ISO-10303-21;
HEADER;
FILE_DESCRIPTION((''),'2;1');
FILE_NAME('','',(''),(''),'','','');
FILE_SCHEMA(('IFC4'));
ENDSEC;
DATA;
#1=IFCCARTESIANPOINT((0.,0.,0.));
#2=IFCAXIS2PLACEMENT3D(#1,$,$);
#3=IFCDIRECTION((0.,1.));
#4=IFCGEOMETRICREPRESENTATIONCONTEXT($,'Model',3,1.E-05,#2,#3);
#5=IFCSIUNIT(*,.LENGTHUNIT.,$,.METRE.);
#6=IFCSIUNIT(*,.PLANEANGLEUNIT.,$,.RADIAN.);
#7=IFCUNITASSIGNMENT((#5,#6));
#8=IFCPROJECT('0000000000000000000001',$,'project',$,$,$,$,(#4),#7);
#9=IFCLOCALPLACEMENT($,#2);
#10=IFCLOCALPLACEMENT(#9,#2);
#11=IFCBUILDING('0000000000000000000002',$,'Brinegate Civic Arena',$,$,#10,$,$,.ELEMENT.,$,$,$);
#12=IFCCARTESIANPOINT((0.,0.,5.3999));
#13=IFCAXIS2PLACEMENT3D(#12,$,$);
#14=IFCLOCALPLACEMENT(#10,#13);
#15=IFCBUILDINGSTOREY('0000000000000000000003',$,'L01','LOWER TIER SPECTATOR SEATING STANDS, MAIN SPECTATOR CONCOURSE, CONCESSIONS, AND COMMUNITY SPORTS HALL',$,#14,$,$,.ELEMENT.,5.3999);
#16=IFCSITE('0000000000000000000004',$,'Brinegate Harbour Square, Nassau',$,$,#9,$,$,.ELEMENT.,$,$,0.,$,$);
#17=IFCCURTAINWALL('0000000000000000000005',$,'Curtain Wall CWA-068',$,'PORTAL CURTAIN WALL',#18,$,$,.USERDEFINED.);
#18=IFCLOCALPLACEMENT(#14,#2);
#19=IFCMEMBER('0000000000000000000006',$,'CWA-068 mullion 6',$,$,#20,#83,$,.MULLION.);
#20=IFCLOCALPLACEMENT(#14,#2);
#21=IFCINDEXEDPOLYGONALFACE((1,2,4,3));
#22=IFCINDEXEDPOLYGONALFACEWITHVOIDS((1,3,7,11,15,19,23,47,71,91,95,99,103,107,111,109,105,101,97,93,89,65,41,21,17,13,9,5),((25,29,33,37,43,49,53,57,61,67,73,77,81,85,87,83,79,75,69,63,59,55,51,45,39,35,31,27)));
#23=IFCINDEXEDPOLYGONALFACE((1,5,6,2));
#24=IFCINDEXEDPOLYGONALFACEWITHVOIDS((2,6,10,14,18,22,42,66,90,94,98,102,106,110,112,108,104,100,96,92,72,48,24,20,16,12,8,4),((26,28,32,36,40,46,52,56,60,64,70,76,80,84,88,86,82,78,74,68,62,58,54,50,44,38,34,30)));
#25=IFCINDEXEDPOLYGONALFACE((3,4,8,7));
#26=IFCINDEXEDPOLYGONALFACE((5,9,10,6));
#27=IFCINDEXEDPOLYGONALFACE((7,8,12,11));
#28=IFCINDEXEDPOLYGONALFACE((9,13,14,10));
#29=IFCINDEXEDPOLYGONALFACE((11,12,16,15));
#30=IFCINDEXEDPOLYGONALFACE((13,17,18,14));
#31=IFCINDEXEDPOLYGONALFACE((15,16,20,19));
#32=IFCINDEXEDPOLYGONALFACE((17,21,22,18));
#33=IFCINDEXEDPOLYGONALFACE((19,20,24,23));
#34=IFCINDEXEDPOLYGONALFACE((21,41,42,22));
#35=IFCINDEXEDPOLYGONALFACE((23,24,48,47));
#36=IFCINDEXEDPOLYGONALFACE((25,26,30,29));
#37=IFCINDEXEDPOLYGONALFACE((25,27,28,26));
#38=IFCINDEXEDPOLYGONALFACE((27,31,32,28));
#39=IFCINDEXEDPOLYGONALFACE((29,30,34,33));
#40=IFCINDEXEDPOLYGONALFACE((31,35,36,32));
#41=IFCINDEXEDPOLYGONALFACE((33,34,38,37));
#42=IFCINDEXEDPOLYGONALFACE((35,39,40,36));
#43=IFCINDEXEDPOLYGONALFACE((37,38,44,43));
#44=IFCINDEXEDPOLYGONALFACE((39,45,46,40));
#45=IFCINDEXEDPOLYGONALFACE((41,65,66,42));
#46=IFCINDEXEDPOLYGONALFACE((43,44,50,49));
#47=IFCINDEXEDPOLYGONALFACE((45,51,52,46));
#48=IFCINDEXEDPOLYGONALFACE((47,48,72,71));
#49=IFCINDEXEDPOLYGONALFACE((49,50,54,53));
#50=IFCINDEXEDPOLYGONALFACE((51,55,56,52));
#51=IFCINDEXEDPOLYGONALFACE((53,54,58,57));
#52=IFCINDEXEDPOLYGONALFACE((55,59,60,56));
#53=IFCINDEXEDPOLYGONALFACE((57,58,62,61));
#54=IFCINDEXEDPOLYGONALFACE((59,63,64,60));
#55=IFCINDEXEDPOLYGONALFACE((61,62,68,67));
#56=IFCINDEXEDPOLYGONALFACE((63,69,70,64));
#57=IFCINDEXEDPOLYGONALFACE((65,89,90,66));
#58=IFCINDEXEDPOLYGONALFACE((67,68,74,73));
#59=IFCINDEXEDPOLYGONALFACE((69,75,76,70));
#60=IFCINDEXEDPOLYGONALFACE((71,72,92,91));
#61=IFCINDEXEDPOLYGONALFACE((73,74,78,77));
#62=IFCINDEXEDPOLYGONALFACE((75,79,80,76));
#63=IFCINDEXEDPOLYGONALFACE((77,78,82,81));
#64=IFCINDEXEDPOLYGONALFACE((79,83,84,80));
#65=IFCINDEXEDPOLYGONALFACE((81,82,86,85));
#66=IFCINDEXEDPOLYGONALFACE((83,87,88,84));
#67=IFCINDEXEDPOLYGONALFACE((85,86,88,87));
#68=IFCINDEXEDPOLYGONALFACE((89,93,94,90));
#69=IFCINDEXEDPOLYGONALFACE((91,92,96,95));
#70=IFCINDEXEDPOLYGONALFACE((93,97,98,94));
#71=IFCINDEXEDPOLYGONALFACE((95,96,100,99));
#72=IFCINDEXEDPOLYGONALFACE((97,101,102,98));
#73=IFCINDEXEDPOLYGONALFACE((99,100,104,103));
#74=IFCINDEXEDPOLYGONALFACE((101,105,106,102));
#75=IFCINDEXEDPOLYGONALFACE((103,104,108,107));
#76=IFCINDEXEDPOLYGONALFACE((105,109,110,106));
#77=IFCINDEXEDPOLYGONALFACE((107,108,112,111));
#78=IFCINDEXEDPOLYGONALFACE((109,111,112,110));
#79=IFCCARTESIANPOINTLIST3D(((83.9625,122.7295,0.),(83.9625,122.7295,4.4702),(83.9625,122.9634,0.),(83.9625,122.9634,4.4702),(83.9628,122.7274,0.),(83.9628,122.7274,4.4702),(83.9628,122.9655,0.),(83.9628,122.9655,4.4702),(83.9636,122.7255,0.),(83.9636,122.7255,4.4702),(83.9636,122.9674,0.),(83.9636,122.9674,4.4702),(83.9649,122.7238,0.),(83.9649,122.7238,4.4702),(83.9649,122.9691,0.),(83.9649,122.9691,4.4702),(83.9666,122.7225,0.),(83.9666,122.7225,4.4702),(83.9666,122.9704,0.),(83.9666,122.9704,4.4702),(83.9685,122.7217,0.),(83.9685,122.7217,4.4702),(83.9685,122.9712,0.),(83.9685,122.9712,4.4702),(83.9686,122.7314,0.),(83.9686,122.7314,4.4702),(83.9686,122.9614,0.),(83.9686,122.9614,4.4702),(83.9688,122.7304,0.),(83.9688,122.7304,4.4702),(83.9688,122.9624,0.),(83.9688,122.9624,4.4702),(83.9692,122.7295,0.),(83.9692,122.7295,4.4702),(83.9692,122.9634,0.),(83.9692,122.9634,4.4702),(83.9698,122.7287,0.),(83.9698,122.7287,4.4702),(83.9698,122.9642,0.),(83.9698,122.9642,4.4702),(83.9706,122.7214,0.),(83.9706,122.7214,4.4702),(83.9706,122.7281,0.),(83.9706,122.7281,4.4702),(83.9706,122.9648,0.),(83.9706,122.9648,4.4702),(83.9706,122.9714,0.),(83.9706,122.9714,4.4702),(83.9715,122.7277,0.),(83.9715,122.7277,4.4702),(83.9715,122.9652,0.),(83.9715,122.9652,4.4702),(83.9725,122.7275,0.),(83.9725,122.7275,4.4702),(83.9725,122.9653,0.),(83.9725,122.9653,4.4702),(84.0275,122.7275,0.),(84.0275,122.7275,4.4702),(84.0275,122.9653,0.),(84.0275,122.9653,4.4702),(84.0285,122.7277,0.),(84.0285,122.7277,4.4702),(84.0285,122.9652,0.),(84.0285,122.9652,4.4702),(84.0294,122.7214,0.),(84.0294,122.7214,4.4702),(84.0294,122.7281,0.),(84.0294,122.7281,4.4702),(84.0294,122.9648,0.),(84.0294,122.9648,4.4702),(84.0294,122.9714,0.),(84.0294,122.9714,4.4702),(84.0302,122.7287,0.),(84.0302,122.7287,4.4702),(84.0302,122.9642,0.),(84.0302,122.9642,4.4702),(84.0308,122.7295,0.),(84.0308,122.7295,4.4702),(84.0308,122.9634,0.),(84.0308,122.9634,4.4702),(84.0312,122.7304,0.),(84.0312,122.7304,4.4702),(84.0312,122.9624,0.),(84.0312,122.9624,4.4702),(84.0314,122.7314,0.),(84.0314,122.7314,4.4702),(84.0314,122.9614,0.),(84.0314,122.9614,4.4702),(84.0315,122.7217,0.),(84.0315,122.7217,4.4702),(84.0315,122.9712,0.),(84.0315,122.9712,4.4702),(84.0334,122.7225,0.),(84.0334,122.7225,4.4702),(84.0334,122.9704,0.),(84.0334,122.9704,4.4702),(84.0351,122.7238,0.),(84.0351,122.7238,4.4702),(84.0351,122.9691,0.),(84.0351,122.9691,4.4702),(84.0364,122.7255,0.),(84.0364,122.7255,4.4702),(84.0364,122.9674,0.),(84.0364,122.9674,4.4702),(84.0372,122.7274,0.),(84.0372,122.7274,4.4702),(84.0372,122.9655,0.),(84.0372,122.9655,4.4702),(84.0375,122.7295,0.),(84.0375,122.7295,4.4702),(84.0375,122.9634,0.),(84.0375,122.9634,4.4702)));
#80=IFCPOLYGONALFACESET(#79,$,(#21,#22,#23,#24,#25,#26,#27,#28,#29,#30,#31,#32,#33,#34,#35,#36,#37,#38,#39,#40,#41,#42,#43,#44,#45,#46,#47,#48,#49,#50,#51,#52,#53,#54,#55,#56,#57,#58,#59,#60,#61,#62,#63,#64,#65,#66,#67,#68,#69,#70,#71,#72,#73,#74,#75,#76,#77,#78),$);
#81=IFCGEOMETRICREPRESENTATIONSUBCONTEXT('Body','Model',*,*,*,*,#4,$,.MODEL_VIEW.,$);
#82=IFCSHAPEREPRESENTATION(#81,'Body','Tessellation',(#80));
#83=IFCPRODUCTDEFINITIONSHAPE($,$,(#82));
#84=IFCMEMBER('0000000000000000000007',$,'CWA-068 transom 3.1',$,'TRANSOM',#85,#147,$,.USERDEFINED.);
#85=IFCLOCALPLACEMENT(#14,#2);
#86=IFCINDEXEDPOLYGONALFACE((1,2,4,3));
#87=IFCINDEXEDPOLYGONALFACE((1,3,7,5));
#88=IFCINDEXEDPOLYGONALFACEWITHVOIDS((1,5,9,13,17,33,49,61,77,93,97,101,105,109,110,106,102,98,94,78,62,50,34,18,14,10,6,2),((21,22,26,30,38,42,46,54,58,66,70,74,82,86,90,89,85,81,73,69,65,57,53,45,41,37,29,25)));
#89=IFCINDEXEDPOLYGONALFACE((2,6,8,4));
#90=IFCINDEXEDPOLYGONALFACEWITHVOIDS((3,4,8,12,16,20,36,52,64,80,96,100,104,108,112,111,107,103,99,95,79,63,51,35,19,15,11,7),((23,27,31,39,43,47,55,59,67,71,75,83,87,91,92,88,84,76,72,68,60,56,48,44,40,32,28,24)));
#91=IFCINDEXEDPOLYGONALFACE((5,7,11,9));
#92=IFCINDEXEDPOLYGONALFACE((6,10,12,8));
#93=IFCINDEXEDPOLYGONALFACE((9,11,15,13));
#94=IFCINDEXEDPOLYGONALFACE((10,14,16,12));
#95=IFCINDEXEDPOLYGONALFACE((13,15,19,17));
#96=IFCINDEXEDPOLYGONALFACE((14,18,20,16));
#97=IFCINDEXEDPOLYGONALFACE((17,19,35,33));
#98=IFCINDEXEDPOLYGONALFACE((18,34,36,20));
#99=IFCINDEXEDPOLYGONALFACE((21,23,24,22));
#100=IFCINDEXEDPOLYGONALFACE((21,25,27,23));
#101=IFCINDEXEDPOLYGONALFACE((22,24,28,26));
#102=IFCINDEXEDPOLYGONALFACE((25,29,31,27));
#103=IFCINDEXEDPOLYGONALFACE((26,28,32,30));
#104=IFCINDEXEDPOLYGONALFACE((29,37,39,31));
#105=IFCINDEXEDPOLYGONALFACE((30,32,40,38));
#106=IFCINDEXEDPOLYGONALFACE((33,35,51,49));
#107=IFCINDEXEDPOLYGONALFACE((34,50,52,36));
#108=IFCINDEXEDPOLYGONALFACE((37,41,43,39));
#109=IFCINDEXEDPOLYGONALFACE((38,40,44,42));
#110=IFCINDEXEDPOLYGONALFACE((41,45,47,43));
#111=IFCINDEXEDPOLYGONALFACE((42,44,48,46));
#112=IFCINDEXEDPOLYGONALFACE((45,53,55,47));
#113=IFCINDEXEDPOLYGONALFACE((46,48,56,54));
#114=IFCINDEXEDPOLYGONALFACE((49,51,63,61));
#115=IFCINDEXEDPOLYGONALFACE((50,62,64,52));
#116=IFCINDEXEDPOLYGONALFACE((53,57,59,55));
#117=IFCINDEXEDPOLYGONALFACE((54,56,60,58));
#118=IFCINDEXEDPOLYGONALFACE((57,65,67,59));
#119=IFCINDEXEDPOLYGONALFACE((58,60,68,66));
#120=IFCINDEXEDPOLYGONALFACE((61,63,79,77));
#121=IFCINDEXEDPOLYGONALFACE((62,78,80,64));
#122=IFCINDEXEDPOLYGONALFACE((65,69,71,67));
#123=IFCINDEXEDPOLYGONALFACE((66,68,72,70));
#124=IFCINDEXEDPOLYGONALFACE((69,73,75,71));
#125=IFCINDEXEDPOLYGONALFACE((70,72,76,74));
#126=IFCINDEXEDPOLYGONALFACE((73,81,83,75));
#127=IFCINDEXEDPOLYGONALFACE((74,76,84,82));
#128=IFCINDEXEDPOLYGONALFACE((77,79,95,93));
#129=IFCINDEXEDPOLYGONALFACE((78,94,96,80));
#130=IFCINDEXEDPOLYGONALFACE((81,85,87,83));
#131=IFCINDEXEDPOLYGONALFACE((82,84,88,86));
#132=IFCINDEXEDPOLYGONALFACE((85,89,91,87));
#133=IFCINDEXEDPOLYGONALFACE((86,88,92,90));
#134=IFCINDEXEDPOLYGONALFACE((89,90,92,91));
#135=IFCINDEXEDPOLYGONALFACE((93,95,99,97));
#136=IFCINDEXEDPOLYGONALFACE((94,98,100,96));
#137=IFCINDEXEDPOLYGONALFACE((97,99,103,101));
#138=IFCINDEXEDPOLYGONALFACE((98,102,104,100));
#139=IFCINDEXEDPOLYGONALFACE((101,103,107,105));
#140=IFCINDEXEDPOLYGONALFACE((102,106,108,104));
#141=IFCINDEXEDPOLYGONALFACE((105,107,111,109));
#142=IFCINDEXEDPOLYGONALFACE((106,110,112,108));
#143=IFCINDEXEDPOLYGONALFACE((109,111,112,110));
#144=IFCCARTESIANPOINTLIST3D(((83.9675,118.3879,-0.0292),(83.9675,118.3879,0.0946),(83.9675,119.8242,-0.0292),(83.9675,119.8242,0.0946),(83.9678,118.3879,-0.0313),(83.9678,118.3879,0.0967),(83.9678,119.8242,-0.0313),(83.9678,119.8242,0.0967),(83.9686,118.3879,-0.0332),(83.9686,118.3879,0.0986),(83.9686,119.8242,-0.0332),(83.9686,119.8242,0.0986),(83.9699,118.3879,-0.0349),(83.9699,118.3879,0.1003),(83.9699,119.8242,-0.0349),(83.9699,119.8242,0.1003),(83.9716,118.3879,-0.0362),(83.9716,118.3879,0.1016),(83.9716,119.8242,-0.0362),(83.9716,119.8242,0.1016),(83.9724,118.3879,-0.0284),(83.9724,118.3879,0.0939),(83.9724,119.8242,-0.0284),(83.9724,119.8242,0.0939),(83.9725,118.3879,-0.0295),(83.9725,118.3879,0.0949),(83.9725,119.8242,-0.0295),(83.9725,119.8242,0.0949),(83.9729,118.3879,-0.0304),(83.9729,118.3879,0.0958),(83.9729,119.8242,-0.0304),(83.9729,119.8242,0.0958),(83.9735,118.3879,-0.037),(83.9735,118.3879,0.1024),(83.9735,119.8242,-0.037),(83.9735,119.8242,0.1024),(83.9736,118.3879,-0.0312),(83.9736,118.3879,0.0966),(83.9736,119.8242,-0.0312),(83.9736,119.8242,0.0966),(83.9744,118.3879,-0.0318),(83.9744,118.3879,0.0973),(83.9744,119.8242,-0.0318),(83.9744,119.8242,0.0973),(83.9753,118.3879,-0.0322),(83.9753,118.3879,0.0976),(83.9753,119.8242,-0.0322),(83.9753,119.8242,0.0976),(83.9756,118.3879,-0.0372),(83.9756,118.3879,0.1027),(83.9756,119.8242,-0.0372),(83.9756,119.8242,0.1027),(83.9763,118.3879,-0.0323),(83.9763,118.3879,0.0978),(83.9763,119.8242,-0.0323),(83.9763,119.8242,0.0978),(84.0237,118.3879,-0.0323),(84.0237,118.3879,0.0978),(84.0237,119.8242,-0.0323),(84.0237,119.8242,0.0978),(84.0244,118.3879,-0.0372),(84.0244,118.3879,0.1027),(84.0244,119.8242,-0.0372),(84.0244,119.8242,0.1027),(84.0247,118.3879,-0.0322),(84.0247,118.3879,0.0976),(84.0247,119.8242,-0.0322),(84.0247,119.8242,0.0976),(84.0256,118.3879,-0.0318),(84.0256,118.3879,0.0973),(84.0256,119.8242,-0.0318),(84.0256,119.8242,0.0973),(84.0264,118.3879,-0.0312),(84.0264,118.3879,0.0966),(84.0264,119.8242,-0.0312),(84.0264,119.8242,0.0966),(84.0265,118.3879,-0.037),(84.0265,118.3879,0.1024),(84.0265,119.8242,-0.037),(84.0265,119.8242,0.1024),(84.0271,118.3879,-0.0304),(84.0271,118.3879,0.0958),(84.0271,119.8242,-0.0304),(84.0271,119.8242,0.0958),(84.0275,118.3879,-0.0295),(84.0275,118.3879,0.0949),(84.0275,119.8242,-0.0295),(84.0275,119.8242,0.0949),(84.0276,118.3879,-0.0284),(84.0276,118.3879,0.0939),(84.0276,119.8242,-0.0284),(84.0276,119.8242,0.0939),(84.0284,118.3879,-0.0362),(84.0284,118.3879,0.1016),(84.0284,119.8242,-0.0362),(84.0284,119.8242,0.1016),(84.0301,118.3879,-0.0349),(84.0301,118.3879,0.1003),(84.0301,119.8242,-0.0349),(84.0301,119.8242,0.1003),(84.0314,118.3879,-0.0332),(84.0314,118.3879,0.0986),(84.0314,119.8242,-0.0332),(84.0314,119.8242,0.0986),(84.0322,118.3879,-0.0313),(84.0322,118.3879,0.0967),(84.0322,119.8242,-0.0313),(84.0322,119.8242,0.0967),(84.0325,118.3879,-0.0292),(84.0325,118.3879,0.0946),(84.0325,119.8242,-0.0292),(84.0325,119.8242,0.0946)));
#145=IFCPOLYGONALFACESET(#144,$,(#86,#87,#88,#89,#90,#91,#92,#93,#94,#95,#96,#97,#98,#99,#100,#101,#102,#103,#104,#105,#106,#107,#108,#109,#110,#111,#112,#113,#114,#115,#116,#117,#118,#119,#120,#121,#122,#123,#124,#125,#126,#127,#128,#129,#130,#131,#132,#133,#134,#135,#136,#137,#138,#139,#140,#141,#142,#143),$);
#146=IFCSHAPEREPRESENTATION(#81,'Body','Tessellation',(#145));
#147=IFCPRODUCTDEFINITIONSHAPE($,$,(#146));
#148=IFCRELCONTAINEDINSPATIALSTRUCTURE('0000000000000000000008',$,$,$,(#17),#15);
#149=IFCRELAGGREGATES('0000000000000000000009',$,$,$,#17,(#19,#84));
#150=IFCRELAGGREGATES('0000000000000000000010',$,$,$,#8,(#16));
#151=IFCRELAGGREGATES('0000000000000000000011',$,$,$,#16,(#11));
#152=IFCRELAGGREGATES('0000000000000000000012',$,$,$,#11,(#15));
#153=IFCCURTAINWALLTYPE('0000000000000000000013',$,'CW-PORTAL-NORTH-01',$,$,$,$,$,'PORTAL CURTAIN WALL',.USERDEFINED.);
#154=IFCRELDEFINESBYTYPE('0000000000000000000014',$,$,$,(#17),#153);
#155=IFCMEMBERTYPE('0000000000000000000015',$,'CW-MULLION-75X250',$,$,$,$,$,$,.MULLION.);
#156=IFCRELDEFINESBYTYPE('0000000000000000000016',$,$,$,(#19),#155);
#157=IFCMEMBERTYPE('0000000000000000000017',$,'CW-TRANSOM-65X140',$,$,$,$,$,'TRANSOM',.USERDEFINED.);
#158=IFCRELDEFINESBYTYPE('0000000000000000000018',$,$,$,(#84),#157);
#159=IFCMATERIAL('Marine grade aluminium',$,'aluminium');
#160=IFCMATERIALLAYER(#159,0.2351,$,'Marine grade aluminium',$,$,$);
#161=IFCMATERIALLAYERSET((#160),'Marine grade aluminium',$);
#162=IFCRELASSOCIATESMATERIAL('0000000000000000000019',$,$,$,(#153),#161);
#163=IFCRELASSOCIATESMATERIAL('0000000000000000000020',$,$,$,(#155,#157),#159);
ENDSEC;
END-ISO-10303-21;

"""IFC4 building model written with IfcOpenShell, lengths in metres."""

from ifc_helpers import new_model, si_unit, direction, frame, origin, origin_2d, place, context, subcontext, project, spatial, hollow_rectangle, extrude, material, layer, layer_set, material_profile, profile_set, type_object, element, aggregate, save


model = new_model("IFC4")

# Units and contexts
model_context = context("Model", 3, precision=1e-05, world=origin(), true_north=direction((0.0, 1.0)))
body_context = subcontext(model_context, "Body", "Model", "MODEL_VIEW")
ifc_project = project(units=[si_unit("LENGTHUNIT", "METRE"), si_unit("PLANEANGLEUNIT", "RADIAN")], contexts=[model_context])

# Site, building, storey
site_placement = place(None, origin())
site = spatial("IfcSite", under=ifc_project, at=site_placement, Name="Brinegate Harbour Square, Nassau", CompositionType="ELEMENT", RefElevation=0.0)
building_placement = place(site_placement, origin())
building = spatial("IfcBuilding", under=site, at=building_placement, Name="Brinegate Civic Arena", CompositionType="ELEMENT")
storey_placement = place(building_placement, frame((0.0, 0.0, 5.3999)))
storey = spatial("IfcBuildingStorey", under=building, at=storey_placement, Name="L01", Description="LOWER TIER SPECTATOR SEATING STANDS, MAIN SPECTATOR CONCOURSE, CONCESSIONS, AND COMMUNITY SPORTS HALL", CompositionType="ELEMENT", Elevation=5.3999)

# Curtain wall, members
ifc_material_1 = material(Name="Marine grade aluminium", Category="aluminium")
ifc_layer_1 = layer(ifc_material_1, 0.2351, Name="Marine grade aluminium")
ifc_layer_set_1 = layer_set([ifc_layer_1], Name="Marine grade aluminium")
curtain_wall_type = type_object("IfcCurtainWallType", Name="CW-PORTAL-NORTH-01", ElementType="PORTAL CURTAIN WALL", PredefinedType="USERDEFINED", material=ifc_layer_set_1)
curtain_wall_placement = place(storey_placement, origin())
curtain_wall = element("IfcCurtainWall", 1, at=curtain_wall_placement, inside=storey, type_object=curtain_wall_type, Name="Curtain Wall CWA-068", ObjectType="PORTAL CURTAIN WALL", PredefinedType="USERDEFINED")
ifc_material_profile_1 = material_profile(ifc_material_1, hollow_rectangle(XDim=0.075, YDim=0.25, WallThickness=0.0061, InnerFilletRadius=0.0039, OuterFilletRadius=0.0081, at=origin_2d()), Name="MUL75X250")
ifc_profile_set_1 = profile_set([ifc_material_profile_1], Name="Marine grade aluminium")
member_type_1 = type_object("IfcMemberType", Name="CW-MULLION-75X250", PredefinedType="MULLION", material=ifc_profile_set_1)
member_1_placement = place(storey_placement, frame((84.0, 122.8464, 0.0), z_axis=(0.0, 0.0, 1.0), x_axis=(-1.0, 0.0, 0.0)))
member_1 = element("IfcMember", 2, at=member_1_placement, type_object=member_type_1, Name="CWA-068 mullion 6", PredefinedType="MULLION", context=body_context, shape_type="SweptSolid", body=[
    extrude(hollow_rectangle(XDim=0.075, YDim=0.25, WallThickness=0.0061, InnerFilletRadius=0.0039, OuterFilletRadius=0.0081, at=origin_2d()), origin(), (0.0, 0.0, 1.0), 4.4702),
])
ifc_material_profile_2 = material_profile(ifc_material_1, hollow_rectangle(XDim=0.0649, YDim=0.1399, WallThickness=0.0049, InnerFilletRadius=0.0039, OuterFilletRadius=0.0081, at=origin_2d()), Name="TRN65X140")
ifc_profile_set_2 = profile_set([ifc_material_profile_2], Name="Marine grade aluminium")
member_type_2 = type_object("IfcMemberType", Name="CW-TRANSOM-65X140", ElementType="TRANSOM", PredefinedType="USERDEFINED", material=ifc_profile_set_2)
member_2_placement = place(storey_placement, frame((84.0, 118.3879, 0.0327), z_axis=(0.0, 1.0, 0.0), x_axis=(-1.0, 0.0, 0.0)))
member_2 = element("IfcMember", 3, at=member_2_placement, type_object=member_type_2, Name="CWA-068 transom 3.1", ObjectType="TRANSOM", PredefinedType="USERDEFINED", context=body_context, shape_type="SweptSolid", body=[
    extrude(hollow_rectangle(XDim=0.0649, YDim=0.1399, WallThickness=0.0049, InnerFilletRadius=0.0039, OuterFilletRadius=0.0081, at=origin_2d()), origin(), (0.0, 0.0, 1.0), 1.4363),
])
aggregate(curtain_wall, [member_1, member_2])

save(model, "model.ifc")
